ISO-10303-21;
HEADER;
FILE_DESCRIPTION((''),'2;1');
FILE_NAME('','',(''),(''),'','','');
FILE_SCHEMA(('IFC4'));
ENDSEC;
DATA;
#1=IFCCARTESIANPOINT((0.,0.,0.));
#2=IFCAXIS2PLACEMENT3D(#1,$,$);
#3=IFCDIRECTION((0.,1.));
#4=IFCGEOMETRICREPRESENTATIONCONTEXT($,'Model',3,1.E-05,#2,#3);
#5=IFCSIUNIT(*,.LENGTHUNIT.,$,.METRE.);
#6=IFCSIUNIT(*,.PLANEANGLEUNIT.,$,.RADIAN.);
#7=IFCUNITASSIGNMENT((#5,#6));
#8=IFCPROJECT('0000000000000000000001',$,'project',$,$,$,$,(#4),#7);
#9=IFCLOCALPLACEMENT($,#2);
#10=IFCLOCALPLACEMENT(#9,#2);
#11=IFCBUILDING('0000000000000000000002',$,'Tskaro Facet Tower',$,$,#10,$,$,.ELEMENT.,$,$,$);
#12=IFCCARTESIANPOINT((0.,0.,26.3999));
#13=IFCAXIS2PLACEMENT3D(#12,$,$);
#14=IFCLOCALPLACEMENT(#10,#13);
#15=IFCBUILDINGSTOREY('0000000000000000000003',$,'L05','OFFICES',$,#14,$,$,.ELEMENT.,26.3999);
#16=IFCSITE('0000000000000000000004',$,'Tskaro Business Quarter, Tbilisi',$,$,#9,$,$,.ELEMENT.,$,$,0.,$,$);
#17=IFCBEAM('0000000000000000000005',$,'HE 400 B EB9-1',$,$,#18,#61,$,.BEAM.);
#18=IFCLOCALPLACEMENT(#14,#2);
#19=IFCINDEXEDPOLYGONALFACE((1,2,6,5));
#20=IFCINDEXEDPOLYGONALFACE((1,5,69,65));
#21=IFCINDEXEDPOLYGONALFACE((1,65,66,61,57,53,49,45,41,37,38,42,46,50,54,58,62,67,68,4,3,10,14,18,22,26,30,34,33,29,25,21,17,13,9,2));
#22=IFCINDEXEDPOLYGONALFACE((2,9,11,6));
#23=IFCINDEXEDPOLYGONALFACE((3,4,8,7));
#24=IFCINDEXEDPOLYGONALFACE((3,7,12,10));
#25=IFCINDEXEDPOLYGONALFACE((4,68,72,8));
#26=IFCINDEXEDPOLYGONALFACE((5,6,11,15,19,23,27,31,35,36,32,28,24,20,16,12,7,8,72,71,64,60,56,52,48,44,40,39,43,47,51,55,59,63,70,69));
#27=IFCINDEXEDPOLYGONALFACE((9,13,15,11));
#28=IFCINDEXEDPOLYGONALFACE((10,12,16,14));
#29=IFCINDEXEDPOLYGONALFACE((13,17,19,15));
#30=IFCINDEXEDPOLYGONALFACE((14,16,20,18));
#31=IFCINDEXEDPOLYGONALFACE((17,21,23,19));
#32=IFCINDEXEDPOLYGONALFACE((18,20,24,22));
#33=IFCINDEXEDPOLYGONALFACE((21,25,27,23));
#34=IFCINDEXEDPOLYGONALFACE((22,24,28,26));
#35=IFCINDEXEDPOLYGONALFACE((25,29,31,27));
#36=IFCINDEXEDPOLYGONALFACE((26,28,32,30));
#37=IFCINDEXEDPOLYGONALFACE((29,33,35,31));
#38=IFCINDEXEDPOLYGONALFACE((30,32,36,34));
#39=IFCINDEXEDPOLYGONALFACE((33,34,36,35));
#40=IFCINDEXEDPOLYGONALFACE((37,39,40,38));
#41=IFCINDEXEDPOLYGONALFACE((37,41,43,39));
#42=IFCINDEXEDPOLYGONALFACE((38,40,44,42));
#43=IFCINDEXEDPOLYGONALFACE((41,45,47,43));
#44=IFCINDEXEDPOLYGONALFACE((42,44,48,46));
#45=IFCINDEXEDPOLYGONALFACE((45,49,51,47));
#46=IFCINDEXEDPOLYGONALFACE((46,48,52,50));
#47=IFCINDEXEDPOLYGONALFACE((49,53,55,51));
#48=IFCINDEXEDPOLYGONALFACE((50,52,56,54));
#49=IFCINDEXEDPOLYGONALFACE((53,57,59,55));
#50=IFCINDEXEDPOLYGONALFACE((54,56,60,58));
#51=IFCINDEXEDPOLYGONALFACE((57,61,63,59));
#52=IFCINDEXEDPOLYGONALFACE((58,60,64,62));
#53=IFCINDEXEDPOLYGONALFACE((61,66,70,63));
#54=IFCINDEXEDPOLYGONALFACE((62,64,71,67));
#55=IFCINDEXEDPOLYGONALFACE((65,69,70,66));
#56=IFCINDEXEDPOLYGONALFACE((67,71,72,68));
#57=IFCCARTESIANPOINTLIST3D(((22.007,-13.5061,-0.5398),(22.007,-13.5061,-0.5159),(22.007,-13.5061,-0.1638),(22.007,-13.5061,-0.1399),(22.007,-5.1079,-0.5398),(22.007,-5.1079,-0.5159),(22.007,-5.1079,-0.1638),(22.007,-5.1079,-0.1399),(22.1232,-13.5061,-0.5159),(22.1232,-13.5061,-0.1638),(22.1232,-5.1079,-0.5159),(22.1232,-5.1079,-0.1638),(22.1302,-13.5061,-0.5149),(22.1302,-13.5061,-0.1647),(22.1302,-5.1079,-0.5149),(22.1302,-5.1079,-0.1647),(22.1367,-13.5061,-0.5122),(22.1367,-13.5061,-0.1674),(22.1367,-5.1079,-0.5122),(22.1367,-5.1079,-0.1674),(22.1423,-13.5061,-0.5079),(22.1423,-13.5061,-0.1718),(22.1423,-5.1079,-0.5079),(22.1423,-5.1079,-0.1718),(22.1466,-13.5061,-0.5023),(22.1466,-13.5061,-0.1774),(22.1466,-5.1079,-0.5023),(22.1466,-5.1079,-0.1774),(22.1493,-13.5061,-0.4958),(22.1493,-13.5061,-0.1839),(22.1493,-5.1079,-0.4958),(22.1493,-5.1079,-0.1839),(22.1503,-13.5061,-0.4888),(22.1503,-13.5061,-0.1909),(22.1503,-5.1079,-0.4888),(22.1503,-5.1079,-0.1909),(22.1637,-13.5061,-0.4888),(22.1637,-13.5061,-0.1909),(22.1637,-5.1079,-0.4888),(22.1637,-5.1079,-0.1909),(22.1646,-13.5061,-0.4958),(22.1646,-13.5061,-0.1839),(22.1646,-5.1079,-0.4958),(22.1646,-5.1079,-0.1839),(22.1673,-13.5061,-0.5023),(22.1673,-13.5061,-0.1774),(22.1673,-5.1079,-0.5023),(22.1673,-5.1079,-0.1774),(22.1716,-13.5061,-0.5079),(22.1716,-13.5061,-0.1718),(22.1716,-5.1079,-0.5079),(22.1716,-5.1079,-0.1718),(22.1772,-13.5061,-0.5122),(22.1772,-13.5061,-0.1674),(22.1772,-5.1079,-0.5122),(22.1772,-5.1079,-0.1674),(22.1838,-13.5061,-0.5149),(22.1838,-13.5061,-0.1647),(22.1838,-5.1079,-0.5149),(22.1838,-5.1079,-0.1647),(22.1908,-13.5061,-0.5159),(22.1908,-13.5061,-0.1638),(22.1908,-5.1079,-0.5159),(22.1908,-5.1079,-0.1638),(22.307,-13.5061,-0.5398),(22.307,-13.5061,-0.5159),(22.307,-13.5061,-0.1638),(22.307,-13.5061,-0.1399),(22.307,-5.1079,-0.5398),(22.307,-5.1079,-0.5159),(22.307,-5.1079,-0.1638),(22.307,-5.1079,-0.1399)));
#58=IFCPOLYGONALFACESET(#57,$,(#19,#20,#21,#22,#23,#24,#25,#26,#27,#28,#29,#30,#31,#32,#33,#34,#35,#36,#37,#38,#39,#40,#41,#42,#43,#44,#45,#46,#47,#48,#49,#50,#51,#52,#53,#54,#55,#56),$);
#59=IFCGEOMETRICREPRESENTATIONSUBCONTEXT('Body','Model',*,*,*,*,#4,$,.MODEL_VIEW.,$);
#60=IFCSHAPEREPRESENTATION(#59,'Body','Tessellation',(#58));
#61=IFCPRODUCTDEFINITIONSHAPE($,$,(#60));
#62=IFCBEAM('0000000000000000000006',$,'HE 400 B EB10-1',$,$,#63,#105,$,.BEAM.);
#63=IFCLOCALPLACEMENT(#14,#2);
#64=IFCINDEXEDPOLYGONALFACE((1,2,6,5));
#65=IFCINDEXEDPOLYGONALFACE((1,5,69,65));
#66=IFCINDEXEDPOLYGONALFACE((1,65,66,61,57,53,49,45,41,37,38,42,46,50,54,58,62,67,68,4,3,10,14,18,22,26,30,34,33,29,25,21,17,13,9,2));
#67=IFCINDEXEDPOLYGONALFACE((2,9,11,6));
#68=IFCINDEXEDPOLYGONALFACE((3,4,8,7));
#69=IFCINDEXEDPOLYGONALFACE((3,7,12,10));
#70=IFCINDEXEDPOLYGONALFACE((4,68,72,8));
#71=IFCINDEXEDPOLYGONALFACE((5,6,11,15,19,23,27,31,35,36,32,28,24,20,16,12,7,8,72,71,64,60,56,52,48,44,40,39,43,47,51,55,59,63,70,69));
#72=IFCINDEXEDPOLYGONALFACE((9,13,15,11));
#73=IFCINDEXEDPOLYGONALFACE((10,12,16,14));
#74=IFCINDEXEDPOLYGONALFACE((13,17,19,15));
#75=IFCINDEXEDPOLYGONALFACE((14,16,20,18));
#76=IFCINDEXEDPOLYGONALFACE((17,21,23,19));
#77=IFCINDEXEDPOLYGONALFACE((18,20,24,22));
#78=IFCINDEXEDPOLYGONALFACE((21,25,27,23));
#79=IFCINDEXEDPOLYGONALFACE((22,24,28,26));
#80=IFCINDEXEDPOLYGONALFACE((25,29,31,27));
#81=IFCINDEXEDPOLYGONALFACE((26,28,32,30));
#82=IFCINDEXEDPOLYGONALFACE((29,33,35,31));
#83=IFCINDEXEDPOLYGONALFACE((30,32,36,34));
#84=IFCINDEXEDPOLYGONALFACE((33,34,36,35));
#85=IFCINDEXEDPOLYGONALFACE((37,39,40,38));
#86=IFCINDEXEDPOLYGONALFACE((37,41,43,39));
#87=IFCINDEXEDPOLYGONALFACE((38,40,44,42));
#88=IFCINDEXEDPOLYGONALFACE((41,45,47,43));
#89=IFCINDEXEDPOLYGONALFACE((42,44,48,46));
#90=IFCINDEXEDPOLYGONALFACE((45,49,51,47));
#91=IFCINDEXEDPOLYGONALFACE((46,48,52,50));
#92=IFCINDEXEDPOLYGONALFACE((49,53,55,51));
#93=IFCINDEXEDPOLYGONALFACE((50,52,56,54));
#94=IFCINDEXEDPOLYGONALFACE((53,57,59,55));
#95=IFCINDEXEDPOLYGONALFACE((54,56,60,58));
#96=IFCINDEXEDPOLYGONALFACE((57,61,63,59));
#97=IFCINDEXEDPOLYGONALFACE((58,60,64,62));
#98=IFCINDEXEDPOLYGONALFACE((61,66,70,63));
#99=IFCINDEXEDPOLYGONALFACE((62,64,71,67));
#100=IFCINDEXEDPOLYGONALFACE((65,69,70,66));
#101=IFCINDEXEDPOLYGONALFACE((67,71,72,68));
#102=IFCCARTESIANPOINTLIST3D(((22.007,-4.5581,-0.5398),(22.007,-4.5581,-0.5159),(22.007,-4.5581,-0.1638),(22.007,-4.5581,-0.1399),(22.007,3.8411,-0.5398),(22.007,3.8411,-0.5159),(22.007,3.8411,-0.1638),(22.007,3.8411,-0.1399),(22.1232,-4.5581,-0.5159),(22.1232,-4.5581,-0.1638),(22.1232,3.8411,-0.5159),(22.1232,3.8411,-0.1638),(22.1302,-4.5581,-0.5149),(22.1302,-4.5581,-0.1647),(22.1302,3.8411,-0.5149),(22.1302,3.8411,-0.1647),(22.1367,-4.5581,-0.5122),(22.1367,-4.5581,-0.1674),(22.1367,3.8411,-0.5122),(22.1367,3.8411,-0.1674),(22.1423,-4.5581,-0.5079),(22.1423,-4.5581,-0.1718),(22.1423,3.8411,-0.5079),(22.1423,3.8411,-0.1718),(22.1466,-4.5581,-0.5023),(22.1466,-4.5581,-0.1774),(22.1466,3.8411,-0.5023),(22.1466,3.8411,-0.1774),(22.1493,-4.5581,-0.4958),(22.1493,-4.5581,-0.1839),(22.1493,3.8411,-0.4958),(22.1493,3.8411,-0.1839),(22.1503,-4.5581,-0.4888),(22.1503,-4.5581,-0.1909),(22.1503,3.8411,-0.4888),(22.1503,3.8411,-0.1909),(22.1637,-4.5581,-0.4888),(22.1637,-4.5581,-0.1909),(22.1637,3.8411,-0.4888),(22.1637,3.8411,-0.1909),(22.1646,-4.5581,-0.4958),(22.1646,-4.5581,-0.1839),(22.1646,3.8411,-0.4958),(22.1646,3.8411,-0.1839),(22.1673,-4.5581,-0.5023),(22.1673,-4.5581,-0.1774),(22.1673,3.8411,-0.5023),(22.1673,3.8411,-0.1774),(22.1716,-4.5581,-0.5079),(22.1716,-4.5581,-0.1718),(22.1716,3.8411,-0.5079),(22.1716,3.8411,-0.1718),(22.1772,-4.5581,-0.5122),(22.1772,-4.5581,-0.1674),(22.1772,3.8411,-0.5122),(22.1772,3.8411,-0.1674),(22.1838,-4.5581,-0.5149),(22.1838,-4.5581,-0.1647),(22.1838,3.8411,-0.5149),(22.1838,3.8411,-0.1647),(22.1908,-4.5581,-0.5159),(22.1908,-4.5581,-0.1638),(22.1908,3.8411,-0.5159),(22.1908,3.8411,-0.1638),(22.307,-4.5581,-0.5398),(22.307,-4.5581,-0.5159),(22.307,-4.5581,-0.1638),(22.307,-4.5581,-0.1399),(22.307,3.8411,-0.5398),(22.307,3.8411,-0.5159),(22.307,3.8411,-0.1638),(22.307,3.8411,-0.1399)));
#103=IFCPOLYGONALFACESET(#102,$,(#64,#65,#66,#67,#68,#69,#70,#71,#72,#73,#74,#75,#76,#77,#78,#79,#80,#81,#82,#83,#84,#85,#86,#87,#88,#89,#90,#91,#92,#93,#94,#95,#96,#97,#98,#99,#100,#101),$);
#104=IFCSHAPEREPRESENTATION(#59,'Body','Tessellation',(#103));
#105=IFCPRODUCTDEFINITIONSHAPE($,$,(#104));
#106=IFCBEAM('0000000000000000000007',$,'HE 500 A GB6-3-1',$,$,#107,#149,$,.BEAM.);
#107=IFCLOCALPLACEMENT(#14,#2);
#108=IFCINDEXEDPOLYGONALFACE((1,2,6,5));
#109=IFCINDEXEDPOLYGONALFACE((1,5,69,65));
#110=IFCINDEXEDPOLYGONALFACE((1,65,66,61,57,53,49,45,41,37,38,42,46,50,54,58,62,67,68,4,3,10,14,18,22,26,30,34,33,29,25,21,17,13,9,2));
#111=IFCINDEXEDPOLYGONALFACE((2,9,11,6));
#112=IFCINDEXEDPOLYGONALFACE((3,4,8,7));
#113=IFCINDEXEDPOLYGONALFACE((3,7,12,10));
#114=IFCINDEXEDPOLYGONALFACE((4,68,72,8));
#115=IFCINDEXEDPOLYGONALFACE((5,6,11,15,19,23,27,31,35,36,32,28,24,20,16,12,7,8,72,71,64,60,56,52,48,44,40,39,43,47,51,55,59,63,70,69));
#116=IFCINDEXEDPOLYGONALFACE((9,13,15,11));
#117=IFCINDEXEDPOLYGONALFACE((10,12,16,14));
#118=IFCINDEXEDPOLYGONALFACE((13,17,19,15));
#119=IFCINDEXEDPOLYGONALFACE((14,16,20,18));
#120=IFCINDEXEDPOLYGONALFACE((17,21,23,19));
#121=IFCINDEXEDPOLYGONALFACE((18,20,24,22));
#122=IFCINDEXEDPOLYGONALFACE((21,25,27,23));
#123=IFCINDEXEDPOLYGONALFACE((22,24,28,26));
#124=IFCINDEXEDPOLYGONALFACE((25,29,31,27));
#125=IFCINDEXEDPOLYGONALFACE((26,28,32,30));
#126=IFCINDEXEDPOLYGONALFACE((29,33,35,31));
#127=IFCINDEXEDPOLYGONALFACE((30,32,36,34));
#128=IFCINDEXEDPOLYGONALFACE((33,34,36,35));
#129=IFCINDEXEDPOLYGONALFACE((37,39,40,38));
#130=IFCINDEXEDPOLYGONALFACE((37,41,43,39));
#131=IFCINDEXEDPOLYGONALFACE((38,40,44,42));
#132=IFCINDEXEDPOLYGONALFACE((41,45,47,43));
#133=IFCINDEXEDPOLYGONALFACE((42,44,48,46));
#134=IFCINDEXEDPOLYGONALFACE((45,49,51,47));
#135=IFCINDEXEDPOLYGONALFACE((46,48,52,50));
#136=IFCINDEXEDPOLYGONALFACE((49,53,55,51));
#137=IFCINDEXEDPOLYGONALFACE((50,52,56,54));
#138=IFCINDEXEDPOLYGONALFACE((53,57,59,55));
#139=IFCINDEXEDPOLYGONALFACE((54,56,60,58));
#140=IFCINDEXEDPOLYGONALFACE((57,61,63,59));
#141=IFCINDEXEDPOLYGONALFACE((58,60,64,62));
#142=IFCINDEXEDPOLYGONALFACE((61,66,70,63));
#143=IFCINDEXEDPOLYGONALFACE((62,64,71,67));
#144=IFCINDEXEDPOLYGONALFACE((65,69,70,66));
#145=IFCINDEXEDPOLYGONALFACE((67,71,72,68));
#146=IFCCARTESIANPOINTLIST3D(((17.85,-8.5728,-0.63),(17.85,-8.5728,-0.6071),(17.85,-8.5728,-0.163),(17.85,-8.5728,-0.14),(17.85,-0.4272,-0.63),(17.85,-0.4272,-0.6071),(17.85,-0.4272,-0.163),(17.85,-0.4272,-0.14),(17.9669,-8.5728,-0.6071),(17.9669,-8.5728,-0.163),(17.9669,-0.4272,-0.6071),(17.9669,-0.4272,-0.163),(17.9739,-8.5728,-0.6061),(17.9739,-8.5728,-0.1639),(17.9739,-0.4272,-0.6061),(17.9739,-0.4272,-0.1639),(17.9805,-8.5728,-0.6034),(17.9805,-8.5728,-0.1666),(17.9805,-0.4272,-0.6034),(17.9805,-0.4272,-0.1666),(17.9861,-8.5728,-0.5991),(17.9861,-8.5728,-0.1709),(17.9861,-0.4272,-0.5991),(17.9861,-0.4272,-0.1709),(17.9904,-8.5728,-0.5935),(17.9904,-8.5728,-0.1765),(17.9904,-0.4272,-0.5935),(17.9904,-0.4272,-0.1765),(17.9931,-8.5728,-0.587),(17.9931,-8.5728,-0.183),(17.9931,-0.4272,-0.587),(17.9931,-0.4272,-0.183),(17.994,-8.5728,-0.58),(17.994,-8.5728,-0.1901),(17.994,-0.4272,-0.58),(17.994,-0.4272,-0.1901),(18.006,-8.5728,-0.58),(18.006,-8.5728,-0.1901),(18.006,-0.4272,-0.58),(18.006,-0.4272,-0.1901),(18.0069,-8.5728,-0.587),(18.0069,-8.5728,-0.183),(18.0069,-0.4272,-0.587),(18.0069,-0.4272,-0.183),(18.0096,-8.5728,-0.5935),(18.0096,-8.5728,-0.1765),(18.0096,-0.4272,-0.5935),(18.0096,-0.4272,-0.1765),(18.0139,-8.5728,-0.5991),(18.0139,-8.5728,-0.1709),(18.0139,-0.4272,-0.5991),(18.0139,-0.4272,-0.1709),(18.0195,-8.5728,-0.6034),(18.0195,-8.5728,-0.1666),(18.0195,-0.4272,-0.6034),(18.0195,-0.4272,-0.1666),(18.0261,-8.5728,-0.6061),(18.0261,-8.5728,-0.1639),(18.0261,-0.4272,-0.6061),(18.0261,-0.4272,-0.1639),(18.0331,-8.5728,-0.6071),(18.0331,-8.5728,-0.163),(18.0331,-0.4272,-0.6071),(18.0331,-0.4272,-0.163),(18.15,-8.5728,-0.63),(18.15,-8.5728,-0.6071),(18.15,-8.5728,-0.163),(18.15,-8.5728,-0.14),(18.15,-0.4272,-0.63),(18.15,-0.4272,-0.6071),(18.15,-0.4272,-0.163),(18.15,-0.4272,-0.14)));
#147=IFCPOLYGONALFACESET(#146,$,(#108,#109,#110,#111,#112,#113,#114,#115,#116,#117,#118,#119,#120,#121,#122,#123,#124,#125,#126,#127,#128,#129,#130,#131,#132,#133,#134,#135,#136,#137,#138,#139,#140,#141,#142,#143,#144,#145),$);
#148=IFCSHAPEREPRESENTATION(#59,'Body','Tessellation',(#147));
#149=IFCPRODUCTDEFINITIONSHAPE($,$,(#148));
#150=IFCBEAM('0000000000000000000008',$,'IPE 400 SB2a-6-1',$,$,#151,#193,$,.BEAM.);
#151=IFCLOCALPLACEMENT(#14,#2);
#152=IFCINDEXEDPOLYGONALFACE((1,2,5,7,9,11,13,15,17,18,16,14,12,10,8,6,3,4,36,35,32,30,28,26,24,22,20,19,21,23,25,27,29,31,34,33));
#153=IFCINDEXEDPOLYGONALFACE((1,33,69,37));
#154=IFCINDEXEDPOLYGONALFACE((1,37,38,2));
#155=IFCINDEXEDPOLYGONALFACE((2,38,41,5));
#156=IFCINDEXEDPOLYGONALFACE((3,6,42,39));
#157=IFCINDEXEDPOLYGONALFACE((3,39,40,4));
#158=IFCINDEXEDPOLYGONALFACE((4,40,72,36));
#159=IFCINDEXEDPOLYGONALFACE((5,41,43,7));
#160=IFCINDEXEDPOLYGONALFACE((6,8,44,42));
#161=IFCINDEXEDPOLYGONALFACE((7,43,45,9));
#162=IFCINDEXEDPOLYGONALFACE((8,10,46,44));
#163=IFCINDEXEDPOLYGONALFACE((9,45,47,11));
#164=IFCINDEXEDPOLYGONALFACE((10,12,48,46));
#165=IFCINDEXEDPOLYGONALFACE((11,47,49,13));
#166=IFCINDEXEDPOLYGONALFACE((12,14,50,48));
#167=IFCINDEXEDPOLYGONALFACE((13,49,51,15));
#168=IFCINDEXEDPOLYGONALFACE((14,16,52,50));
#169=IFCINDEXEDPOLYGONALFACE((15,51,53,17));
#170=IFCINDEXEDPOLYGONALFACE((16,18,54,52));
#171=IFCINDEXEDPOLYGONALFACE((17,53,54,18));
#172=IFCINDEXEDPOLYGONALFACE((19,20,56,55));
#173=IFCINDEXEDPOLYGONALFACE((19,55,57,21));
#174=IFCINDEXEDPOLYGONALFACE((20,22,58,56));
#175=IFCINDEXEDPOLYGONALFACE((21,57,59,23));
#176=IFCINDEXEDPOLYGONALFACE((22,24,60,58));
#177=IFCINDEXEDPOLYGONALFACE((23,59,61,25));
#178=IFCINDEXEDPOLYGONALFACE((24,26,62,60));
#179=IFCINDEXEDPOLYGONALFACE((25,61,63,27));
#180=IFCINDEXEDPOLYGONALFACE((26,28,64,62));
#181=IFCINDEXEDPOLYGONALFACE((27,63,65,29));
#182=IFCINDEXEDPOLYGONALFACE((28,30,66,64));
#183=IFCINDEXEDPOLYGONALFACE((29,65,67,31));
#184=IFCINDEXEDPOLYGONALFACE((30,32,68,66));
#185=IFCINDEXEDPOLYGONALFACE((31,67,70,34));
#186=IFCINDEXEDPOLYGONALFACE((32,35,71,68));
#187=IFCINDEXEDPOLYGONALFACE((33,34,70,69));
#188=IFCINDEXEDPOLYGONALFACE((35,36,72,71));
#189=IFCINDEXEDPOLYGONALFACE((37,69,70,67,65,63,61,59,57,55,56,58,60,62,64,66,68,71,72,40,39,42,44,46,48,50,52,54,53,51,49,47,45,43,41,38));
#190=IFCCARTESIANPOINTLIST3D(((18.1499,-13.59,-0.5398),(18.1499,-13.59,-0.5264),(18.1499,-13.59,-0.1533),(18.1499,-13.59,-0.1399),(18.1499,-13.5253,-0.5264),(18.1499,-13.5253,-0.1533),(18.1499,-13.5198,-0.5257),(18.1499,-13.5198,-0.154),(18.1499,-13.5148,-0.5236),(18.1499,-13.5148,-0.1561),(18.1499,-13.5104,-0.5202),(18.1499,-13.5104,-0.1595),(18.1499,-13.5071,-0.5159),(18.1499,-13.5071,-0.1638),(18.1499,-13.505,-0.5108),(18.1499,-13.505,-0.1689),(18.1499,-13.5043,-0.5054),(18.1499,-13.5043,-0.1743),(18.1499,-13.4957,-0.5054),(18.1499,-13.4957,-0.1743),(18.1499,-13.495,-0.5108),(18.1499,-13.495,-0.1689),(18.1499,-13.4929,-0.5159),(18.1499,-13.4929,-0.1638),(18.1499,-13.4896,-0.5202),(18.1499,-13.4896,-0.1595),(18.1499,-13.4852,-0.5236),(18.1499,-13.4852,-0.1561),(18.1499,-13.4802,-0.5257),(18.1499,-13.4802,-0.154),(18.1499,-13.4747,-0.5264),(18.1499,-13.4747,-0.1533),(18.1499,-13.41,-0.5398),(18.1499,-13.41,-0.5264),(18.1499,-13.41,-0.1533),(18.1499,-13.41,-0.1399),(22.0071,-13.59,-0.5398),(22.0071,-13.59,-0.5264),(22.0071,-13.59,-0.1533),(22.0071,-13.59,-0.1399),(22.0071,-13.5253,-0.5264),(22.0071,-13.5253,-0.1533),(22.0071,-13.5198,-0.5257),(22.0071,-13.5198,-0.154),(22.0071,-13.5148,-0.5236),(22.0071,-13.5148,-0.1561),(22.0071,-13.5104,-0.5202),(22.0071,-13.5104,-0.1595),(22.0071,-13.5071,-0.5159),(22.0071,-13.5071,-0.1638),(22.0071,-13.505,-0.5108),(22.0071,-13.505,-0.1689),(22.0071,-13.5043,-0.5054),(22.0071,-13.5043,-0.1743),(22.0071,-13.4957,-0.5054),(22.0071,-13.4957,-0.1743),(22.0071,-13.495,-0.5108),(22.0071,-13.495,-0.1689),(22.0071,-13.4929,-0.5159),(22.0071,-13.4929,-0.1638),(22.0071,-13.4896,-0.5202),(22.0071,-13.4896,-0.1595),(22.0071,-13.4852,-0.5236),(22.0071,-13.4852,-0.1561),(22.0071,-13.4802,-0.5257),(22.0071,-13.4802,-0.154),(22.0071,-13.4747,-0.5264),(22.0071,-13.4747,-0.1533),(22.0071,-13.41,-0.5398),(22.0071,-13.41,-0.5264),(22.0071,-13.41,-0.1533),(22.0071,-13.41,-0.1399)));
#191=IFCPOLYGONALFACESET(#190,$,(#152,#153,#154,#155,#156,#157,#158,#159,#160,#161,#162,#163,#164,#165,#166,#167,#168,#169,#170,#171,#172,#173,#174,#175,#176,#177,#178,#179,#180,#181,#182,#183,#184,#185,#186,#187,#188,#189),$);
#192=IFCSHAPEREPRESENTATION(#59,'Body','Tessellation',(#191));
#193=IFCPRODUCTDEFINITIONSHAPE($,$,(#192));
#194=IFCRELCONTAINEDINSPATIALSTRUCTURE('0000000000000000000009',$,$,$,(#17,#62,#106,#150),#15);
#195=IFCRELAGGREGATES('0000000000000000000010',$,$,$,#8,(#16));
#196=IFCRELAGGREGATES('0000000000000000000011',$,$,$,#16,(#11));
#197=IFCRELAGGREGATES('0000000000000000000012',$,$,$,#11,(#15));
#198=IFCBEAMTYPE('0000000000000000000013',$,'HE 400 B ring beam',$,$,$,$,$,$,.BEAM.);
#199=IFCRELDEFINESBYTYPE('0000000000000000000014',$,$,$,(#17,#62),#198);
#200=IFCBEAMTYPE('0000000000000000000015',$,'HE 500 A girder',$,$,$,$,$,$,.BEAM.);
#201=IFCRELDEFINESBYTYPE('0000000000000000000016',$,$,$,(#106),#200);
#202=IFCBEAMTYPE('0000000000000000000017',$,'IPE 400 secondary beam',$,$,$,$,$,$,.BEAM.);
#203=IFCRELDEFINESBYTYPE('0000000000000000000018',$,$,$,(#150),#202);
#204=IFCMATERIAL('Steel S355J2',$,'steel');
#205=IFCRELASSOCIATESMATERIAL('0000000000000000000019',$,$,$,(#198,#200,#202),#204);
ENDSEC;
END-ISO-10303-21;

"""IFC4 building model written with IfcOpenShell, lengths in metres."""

from ifc_helpers import new_model, si_unit, direction, frame, origin, origin_2d, place, context, subcontext, project, spatial, i_section, extrude, material, material_profile, profile_set, type_object, element, save


model = new_model("IFC4")

# Units and contexts
model_context = context("Model", 3, precision=1e-05, world=origin(), true_north=direction((0.0, 1.0)))
body_context = subcontext(model_context, "Body", "Model", "MODEL_VIEW")
ifc_project = project(units=[si_unit("LENGTHUNIT", "METRE"), si_unit("PLANEANGLEUNIT", "RADIAN")], contexts=[model_context])

# Site, building, storey
site_placement = place(None, origin())
site = spatial("IfcSite", under=ifc_project, at=site_placement, Name="Tskaro Business Quarter, Tbilisi", CompositionType="ELEMENT", RefElevation=0.0)
building_placement = place(site_placement, origin())
building = spatial("IfcBuilding", under=site, at=building_placement, Name="Tskaro Facet Tower", CompositionType="ELEMENT")
storey_placement = place(building_placement, frame((0.0, 0.0, 26.3999)))
storey = spatial("IfcBuildingStorey", under=building, at=storey_placement, Name="L05", Description="OFFICES", CompositionType="ELEMENT", Elevation=26.3999)

# Beams
ifc_material_1 = material(Name="Steel S355J2", Category="steel")
ifc_material_profile_1 = material_profile(ifc_material_1, i_section(OverallWidth=0.3, OverallDepth=0.3999, WebThickness=0.0134, FlangeThickness=0.0239, FilletRadius=0.0271, at=origin_2d()), Name="HE 400 B")
ifc_profile_set_1 = profile_set([ifc_material_profile_1], Name="Steel S355J2")
beam_type_1 = type_object("IfcBeamType", Name="HE 400 B ring beam", PredefinedType="BEAM", material=ifc_profile_set_1)
beam_1_placement = place(storey_placement, frame((22.157, -13.5061, -0.3398), z_axis=(0.0, 1.0, 0.0), x_axis=(-1.0, 0.0, 0.0)))
element("IfcBeam", 1, at=beam_1_placement, inside=storey, type_object=beam_type_1, Name="HE 400 B EB9-1", PredefinedType="BEAM", context=body_context, shape_type="SweptSolid", body=[
    extrude(i_section(OverallWidth=0.3, OverallDepth=0.3999, WebThickness=0.0134, FlangeThickness=0.0239, FilletRadius=0.0271, at=origin_2d()), origin(), (0.0, 0.0, 1.0), 8.3982),
])
beam_2_placement = place(storey_placement, frame((22.157, -4.5581, -0.3398), z_axis=(0.0, 1.0, 0.0), x_axis=(-1.0, 0.0, 0.0)))
element("IfcBeam", 2, at=beam_2_placement, inside=storey, type_object=beam_type_1, Name="HE 400 B EB10-1", PredefinedType="BEAM", context=body_context, shape_type="SweptSolid", body=[
    extrude(i_section(OverallWidth=0.3, OverallDepth=0.3999, WebThickness=0.0134, FlangeThickness=0.0239, FilletRadius=0.0271, at=origin_2d()), origin(), (0.0, 0.0, 1.0), 8.3992),
])
ifc_material_profile_2 = material_profile(ifc_material_1, i_section(OverallWidth=0.3, OverallDepth=0.49, WebThickness=0.012, FlangeThickness=0.0229, FilletRadius=0.0271, at=origin_2d()), Name="HE 500 A")
ifc_profile_set_2 = profile_set([ifc_material_profile_2], Name="Steel S355J2")
beam_type_2 = type_object("IfcBeamType", Name="HE 500 A girder", PredefinedType="BEAM", material=ifc_profile_set_2)
beam_3_placement = place(storey_placement, frame((18.0, -8.5728, -0.385), z_axis=(0.0, 1.0, 0.0), x_axis=(-1.0, 0.0, 0.0)))
element("IfcBeam", 3, at=beam_3_placement, inside=storey, type_object=beam_type_2, Name="HE 500 A GB6-3-1", PredefinedType="BEAM", context=body_context, shape_type="SweptSolid", body=[
    extrude(i_section(OverallWidth=0.3, OverallDepth=0.49, WebThickness=0.012, FlangeThickness=0.0229, FilletRadius=0.0271, at=origin_2d()), origin(), (0.0, 0.0, 1.0), 8.1455),
])
ifc_material_profile_3 = material_profile(ifc_material_1, i_section(OverallWidth=0.1799, OverallDepth=0.3999, WebThickness=0.0085, FlangeThickness=0.0134, FilletRadius=0.021, at=origin_2d()), Name="IPE 400")
ifc_profile_set_3 = profile_set([ifc_material_profile_3], Name="Steel S355J2")
beam_type_3 = type_object("IfcBeamType", Name="IPE 400 secondary beam", PredefinedType="BEAM", material=ifc_profile_set_3)
for number, where, z_axis, x_axis, name in (
    (4, (18.1499, -13.5, -0.3398), (1.0, 0.0, 0.0), (0.0, 1.0, 0.0), "IPE 400 SB2a-6-1"),
):
    element("IfcBeam", number, at=place(storey_placement, frame(where, z_axis=z_axis, x_axis=x_axis)), inside=storey, type_object=beam_type_3, Name=name, PredefinedType="BEAM", context=body_context, shape_type="SweptSolid", body=[
        extrude(i_section(OverallWidth=0.1799, OverallDepth=0.3999, WebThickness=0.0085, FlangeThickness=0.0134, FilletRadius=0.021, at=origin_2d()), origin(), (0.0, 0.0, 1.0), 3.8572),
    ])

save(model, "model.ifc")
